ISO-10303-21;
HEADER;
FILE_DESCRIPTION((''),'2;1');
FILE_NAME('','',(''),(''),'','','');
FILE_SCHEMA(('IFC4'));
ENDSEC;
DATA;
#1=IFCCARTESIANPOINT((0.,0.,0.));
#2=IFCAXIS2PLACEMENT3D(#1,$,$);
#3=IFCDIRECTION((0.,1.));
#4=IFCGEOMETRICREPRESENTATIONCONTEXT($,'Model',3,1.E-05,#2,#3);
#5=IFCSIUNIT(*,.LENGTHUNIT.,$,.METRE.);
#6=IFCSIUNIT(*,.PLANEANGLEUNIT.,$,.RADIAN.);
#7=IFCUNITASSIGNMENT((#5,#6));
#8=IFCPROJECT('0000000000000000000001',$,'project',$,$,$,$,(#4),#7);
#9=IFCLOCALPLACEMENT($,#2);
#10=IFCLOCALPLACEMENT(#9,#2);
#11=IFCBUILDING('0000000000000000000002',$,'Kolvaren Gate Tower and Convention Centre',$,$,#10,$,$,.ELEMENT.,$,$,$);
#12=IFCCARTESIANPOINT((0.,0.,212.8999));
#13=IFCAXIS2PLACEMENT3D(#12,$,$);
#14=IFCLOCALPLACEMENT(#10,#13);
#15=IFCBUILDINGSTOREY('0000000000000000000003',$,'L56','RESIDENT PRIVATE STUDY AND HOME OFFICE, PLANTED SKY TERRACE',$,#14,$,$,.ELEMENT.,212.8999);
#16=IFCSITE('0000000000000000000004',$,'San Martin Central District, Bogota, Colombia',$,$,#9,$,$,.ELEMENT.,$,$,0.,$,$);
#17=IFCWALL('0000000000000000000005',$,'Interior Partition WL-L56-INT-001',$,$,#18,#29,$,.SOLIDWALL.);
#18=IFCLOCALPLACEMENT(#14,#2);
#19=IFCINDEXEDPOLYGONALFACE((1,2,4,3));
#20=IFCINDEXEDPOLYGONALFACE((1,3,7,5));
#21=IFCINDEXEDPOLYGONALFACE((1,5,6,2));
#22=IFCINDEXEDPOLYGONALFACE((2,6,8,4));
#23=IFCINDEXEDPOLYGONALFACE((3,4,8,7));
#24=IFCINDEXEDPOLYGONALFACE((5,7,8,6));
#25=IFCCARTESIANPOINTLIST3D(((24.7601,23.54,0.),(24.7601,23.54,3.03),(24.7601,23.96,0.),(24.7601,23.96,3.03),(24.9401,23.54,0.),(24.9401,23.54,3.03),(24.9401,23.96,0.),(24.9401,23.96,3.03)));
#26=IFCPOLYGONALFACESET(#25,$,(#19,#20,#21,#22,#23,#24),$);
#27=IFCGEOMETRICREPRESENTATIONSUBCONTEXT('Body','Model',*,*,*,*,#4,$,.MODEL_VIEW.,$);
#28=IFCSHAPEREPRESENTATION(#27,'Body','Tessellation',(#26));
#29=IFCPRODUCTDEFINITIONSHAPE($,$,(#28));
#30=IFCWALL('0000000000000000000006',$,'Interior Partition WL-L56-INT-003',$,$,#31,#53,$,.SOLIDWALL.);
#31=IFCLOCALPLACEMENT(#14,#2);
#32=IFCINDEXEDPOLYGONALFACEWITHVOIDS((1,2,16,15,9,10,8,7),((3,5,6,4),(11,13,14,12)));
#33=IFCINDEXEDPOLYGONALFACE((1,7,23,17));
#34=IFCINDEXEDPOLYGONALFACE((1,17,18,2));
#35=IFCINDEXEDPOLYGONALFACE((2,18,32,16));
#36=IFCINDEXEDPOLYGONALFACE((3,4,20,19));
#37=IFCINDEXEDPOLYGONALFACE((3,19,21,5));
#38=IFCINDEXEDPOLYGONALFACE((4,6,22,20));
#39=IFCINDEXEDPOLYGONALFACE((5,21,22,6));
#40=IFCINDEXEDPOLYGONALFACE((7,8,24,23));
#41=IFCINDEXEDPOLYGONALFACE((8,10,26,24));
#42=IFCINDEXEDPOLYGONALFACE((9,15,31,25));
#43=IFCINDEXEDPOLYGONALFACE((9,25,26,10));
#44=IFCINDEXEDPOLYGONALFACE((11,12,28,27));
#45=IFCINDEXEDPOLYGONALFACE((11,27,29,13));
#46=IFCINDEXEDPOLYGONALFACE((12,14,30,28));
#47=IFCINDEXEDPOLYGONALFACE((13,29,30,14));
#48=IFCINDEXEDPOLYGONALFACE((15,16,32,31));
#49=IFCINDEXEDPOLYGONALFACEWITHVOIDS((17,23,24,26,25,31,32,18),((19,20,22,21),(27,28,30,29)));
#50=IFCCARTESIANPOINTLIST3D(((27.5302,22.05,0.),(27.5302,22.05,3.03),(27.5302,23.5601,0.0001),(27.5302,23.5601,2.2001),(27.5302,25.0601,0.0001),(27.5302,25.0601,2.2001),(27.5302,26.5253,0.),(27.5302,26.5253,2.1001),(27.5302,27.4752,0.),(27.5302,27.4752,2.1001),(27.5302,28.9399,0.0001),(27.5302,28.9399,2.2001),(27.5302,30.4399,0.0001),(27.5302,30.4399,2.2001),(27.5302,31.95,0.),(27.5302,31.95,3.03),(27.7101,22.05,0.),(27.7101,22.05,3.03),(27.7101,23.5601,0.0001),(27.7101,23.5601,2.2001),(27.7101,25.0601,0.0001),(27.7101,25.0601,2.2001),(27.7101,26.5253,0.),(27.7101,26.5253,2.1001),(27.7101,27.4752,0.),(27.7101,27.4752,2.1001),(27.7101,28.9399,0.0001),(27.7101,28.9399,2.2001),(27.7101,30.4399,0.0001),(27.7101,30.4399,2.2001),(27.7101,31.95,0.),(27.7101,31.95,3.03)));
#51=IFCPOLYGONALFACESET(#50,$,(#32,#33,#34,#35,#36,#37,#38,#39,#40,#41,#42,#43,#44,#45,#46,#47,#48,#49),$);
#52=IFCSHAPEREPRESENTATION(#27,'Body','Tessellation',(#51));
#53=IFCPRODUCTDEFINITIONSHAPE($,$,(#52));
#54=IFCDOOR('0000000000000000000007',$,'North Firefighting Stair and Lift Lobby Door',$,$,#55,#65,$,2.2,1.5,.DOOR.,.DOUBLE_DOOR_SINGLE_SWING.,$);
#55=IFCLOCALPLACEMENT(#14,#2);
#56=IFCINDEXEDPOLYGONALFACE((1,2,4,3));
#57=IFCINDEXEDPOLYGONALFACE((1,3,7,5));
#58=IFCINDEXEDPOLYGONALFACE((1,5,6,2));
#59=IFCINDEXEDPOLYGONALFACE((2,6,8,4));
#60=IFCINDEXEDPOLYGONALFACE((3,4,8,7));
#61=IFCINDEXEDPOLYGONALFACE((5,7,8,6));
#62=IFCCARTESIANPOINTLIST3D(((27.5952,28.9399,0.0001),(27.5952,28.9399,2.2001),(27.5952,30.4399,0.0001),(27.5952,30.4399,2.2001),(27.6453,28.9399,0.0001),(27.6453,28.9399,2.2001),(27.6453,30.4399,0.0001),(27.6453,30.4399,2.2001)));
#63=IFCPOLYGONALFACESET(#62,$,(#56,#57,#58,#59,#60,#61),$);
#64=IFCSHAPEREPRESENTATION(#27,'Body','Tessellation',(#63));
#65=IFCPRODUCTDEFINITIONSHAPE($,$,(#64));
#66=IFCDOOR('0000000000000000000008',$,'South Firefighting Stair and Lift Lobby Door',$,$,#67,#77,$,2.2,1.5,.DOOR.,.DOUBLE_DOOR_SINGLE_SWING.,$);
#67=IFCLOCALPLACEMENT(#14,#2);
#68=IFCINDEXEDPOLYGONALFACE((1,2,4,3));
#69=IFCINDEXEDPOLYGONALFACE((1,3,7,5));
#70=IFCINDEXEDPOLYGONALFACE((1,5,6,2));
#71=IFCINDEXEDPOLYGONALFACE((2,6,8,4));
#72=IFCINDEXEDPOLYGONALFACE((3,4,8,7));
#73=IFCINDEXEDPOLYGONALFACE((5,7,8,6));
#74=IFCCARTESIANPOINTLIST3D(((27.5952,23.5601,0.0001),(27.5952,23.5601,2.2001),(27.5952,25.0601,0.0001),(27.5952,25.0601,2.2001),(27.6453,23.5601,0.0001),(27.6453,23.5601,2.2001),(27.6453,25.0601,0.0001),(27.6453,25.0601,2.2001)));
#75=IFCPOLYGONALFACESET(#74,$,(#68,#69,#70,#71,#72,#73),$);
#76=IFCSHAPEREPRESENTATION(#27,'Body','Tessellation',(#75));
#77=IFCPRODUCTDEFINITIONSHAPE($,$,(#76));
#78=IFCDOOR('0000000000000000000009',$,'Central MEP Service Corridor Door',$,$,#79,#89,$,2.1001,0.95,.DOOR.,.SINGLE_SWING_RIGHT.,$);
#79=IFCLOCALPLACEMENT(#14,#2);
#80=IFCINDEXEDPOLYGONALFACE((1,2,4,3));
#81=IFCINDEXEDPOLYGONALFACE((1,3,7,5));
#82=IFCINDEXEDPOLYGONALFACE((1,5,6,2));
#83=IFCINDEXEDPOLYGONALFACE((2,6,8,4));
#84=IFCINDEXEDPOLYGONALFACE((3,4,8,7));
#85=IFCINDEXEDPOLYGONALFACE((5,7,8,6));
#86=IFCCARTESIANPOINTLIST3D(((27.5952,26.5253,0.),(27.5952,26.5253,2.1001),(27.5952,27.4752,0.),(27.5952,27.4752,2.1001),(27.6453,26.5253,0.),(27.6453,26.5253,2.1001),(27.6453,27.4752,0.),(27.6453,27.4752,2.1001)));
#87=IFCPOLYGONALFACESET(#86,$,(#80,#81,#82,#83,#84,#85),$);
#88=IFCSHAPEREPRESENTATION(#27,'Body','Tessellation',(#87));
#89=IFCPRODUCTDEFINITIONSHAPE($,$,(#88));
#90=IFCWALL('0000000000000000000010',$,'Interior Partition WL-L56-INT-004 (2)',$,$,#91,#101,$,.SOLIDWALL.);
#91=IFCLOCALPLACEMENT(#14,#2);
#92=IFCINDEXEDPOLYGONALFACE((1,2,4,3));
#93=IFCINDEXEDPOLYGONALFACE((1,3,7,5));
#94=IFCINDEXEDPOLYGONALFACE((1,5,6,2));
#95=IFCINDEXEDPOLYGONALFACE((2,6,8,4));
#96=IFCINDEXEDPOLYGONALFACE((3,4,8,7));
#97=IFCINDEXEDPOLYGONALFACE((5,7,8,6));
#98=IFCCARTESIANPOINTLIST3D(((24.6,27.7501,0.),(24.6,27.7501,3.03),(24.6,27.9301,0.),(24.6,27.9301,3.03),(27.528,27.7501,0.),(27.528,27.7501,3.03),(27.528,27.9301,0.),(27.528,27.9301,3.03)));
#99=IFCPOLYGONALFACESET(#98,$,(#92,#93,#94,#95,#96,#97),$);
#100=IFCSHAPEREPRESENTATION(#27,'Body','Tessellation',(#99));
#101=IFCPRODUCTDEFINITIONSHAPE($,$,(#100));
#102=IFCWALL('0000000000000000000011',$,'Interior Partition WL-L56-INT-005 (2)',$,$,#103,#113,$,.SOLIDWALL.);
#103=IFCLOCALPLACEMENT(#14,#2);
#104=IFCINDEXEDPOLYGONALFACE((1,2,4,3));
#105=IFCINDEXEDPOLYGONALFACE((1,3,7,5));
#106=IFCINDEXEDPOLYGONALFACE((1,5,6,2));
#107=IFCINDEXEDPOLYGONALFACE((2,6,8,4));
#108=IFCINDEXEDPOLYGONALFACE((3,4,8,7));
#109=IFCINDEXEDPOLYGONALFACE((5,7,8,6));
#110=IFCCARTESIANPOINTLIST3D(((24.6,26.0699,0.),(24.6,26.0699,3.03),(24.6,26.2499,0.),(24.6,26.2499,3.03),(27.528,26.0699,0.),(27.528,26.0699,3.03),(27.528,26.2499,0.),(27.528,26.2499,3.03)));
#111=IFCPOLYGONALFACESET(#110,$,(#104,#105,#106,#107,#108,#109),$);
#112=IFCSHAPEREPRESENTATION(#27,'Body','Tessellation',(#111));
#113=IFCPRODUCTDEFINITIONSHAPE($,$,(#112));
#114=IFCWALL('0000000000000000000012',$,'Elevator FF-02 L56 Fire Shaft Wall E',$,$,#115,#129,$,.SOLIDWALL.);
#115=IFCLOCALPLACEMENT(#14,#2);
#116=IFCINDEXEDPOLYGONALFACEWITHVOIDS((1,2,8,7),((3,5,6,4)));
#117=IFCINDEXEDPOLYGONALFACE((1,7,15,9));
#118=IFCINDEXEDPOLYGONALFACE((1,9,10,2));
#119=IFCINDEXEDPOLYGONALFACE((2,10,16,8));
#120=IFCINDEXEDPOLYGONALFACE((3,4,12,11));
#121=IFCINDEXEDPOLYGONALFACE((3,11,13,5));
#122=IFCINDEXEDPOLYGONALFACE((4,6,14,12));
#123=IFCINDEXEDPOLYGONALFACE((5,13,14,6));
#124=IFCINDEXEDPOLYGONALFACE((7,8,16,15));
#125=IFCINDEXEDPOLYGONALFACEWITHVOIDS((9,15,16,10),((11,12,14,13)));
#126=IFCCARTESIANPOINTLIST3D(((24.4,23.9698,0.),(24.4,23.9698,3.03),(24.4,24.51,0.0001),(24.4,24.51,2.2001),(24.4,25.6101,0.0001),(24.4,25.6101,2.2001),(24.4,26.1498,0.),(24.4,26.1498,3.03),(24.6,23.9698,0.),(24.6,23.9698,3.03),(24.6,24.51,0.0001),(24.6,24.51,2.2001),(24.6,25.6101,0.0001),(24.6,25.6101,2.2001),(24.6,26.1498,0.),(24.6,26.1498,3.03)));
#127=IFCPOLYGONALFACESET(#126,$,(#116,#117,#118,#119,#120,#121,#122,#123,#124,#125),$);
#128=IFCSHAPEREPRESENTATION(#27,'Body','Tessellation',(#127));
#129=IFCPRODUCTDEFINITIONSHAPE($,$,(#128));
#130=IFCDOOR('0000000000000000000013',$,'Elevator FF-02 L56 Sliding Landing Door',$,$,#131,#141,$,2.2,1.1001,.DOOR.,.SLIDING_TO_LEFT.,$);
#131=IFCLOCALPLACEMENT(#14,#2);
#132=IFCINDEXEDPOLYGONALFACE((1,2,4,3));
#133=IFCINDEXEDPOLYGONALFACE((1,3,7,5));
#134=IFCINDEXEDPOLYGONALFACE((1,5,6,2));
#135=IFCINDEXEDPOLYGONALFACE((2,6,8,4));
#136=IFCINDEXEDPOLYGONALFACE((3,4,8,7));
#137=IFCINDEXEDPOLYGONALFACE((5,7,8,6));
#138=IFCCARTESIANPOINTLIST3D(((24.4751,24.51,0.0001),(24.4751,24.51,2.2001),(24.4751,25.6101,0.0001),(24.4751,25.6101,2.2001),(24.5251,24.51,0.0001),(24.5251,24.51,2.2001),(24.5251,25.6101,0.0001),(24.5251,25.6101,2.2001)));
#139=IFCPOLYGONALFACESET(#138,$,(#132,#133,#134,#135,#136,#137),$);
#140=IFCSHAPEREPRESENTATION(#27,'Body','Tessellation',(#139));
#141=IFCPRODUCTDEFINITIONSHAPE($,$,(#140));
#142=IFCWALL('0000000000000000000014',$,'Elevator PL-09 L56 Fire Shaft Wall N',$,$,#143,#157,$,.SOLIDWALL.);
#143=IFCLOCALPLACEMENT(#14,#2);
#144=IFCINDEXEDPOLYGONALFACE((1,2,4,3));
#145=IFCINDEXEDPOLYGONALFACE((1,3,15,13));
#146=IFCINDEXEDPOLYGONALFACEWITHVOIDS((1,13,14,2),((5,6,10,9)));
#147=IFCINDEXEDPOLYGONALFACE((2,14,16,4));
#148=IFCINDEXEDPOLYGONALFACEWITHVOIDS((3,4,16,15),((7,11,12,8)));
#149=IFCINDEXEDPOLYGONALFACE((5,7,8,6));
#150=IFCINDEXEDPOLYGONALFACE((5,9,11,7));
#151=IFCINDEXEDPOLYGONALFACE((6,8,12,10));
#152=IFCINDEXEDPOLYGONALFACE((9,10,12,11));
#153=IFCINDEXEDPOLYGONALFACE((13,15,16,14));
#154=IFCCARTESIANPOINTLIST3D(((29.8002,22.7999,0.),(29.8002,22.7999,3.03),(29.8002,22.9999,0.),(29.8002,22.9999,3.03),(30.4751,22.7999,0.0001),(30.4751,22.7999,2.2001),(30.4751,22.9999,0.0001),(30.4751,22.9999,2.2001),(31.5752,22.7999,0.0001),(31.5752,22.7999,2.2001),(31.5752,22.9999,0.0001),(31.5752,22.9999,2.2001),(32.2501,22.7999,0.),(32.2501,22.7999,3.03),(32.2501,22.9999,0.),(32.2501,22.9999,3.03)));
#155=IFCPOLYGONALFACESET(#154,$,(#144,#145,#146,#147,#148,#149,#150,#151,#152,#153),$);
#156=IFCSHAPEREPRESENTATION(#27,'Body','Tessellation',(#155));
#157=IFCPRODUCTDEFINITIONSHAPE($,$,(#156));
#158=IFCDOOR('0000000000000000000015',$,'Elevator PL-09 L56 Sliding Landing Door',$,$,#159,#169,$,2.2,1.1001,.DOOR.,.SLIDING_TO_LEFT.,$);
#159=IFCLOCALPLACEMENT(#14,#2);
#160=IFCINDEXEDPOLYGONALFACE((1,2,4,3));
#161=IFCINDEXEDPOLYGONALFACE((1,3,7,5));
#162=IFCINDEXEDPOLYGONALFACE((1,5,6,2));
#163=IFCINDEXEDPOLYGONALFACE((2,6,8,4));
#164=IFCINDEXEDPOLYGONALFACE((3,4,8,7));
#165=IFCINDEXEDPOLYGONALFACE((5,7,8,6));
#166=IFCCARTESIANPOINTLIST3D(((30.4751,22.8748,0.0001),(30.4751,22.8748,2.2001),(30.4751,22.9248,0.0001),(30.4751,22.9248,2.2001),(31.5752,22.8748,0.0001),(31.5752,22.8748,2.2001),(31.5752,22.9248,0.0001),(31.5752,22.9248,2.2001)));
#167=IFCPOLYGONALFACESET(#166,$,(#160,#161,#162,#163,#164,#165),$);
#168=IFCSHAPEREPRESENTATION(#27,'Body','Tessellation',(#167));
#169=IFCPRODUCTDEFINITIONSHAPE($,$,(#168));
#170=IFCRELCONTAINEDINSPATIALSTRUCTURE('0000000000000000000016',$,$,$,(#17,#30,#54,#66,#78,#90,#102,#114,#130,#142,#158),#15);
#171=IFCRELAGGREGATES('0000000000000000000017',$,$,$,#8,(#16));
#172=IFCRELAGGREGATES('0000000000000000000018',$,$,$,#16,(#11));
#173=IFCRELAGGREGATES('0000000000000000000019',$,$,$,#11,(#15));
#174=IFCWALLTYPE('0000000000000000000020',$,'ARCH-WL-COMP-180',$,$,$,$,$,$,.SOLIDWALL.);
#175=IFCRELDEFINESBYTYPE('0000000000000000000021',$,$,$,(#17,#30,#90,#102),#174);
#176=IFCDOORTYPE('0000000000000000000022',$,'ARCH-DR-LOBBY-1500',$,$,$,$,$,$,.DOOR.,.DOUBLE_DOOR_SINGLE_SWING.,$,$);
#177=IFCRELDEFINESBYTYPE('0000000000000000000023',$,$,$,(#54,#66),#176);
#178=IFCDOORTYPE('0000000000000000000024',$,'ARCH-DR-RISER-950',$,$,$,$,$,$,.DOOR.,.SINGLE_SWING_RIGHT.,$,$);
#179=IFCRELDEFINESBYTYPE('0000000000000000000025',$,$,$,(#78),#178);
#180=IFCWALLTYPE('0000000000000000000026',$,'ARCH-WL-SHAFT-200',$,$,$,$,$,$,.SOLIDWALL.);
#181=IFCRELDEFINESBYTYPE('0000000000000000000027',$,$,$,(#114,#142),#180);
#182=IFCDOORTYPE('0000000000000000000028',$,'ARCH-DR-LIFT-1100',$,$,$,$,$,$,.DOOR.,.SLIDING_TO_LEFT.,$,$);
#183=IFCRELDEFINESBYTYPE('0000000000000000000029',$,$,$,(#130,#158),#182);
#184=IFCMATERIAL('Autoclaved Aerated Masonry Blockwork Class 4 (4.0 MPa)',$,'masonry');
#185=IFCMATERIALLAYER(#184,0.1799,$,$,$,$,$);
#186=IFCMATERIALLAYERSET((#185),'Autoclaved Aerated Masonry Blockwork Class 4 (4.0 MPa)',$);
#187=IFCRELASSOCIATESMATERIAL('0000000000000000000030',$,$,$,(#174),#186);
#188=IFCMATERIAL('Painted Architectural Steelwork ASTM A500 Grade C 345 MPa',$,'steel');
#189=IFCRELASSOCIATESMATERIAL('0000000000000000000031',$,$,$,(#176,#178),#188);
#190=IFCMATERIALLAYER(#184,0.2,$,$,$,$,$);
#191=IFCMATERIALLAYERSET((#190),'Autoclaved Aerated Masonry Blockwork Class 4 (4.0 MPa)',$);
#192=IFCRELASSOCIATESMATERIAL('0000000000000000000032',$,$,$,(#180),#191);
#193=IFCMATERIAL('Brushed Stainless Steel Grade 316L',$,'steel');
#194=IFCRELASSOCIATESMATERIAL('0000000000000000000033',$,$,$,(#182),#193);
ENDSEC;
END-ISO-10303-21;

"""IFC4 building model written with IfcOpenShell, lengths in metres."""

from ifc_helpers import new_model, si_unit, direction, frame, frame_2d, origin, place, context, subcontext, project, spatial, rectangle, extrude, material, layer, layer_set, type_object, element, fill, save


model = new_model("IFC4")

# Units and contexts
model_context = context("Model", 3, precision=1e-05, world=origin(), true_north=direction((0.0, 1.0)))
body_context = subcontext(model_context, "Body", "Model", "MODEL_VIEW")
ifc_project = project(units=[si_unit("LENGTHUNIT", "METRE"), si_unit("PLANEANGLEUNIT", "RADIAN")], contexts=[model_context])

# Site, building, storey
site_placement = place(None, origin())
site = spatial("IfcSite", under=ifc_project, at=site_placement, Name="San Martin Central District, Bogota, Colombia", CompositionType="ELEMENT", RefElevation=0.0)
building_placement = place(site_placement, origin())
building = spatial("IfcBuilding", under=site, at=building_placement, Name="Kolvaren Gate Tower and Convention Centre", CompositionType="ELEMENT")
storey_placement = place(building_placement, frame((0.0, 0.0, 212.8999)))
storey = spatial("IfcBuildingStorey", under=building, at=storey_placement, Name="L56", Description="RESIDENT PRIVATE STUDY AND HOME OFFICE, PLANTED SKY TERRACE", CompositionType="ELEMENT", Elevation=212.8999)

# Wall
ifc_material_1 = material(Name="Autoclaved Aerated Masonry Blockwork Class 4 (4.0 MPa)", Category="masonry")
ifc_layer_1 = layer(ifc_material_1, 0.1799)
ifc_layer_set_1 = layer_set([ifc_layer_1], Name="Autoclaved Aerated Masonry Blockwork Class 4 (4.0 MPa)")
wall_type_1 = type_object("IfcWallType", Name="ARCH-WL-COMP-180", PredefinedType="SOLIDWALL", material=ifc_layer_set_1)
wall_1_placement = place(storey_placement, frame((24.8501, 23.54, 0.0), z_axis=(0.0, 0.0, 1.0), x_axis=(0.0, 1.0, 0.0)))
element("IfcWall", 1, at=wall_1_placement, inside=storey, type_object=wall_type_1, Name="Interior Partition WL-L56-INT-001", PredefinedType="SOLIDWALL", context=body_context, shape_type="SweptSolid", body=[
    extrude(rectangle(XDim=0.4199, YDim=0.1799, at=frame_2d((0.21, 0.0))), origin(), (0.0, 0.0, 1.0), 3.03),
])

# Wall, openings, doors
wall_2_placement = place(storey_placement, frame((27.6201, 22.05, 0.0), z_axis=(0.0, 0.0, 1.0), x_axis=(0.0, 1.0, 0.0)))
wall_2 = element("IfcWall", 2, at=wall_2_placement, inside=storey, type_object=wall_type_1, Name="Interior Partition WL-L56-INT-003", PredefinedType="SOLIDWALL", context=body_context, shape_type="SweptSolid", body=[
    extrude(rectangle(XDim=9.8999, YDim=0.1799, at=frame_2d((4.95, 0.0))), origin(), (0.0, 0.0, 1.0), 3.03),
])
opening_1_placement = place(wall_2_placement, frame((4.4751, 0.0, 0.0)))
opening_1 = element("IfcOpeningElement", 3, at=opening_1_placement, cuts=wall_2, PredefinedType="OPENING", context=body_context, shape_type="SweptSolid", body=[
    extrude(rectangle(XDim=0.95, YDim=2.1001, at=frame_2d((0.4751, 1.05))), frame((0.0, 0.0999, 0.0), z_axis=(0.0, -1.0, 0.0), x_axis=(1.0, 0.0, 0.0)), (0.0, 0.0, 1.0), 0.2),
])
opening_2_placement = place(wall_2_placement, frame((6.8899, 0.0, 0.0)))
opening_2 = element("IfcOpeningElement", 4, at=opening_2_placement, cuts=wall_2, PredefinedType="OPENING", context=body_context, shape_type="SweptSolid", body=[
    extrude(rectangle(XDim=1.5, YDim=2.2, at=frame_2d((0.75, 1.1001))), frame((0.0, 0.0999, 0.0), z_axis=(0.0, -1.0, 0.0), x_axis=(1.0, 0.0, 0.0)), (0.0, 0.0, 1.0), 0.2),
])
opening_3_placement = place(wall_2_placement, frame((1.51, 0.0, 0.0)))
opening_3 = element("IfcOpeningElement", 5, at=opening_3_placement, cuts=wall_2, PredefinedType="OPENING", context=body_context, shape_type="SweptSolid", body=[
    extrude(rectangle(XDim=1.5, YDim=2.2, at=frame_2d((0.75, 1.1001))), frame((0.0, 0.0999, 0.0), z_axis=(0.0, -1.0, 0.0), x_axis=(1.0, 0.0, 0.0)), (0.0, 0.0, 1.0), 0.2),
])
ifc_material_2 = material(Name="Painted Architectural Steelwork ASTM A500 Grade C 345 MPa", Category="steel")
door_type_1 = type_object("IfcDoorType", Name="ARCH-DR-LOBBY-1500", OperationType="DOUBLE_DOOR_SINGLE_SWING", PredefinedType="DOOR", material=ifc_material_2)
door_1_placement = place(opening_2_placement, origin())
door_1 = element("IfcDoor", 6, at=door_1_placement, inside=storey, type_object=door_type_1, Name="North Firefighting Stair and Lift Lobby Door", OperationType="DOUBLE_DOOR_SINGLE_SWING", OverallHeight=2.2, OverallWidth=1.5, PredefinedType="DOOR", context=body_context, shape_type="SweptSolid", body=[
    extrude(rectangle(XDim=1.5, YDim=2.2, at=frame_2d((0.75, 1.1001))), frame((0.0, 0.0249, 0.0), z_axis=(0.0, -1.0, 0.0), x_axis=(1.0, 0.0, 0.0)), (0.0, 0.0, 1.0), 0.05),
])
fill(opening_2, door_1)
door_2_placement = place(opening_3_placement, origin())
door_2 = element("IfcDoor", 7, at=door_2_placement, inside=storey, type_object=door_type_1, Name="South Firefighting Stair and Lift Lobby Door", OperationType="DOUBLE_DOOR_SINGLE_SWING", OverallHeight=2.2, OverallWidth=1.5, PredefinedType="DOOR", context=body_context, shape_type="SweptSolid", body=[
    extrude(rectangle(XDim=1.5, YDim=2.2, at=frame_2d((0.75, 1.1001))), frame((0.0, 0.0249, 0.0), z_axis=(0.0, -1.0, 0.0), x_axis=(1.0, 0.0, 0.0)), (0.0, 0.0, 1.0), 0.05),
])
fill(opening_3, door_2)
door_type_2 = type_object("IfcDoorType", Name="ARCH-DR-RISER-950", OperationType="SINGLE_SWING_RIGHT", PredefinedType="DOOR", material=ifc_material_2)
door_3_placement = place(opening_1_placement, origin())
door_3 = element("IfcDoor", 8, at=door_3_placement, inside=storey, type_object=door_type_2, Name="Central MEP Service Corridor Door", OperationType="SINGLE_SWING_RIGHT", OverallHeight=2.1001, OverallWidth=0.95, PredefinedType="DOOR", context=body_context, shape_type="SweptSolid", body=[
    extrude(rectangle(XDim=0.95, YDim=2.1001, at=frame_2d((0.4751, 1.05))), frame((0.0, 0.0249, 0.0), z_axis=(0.0, -1.0, 0.0), x_axis=(1.0, 0.0, 0.0)), (0.0, 0.0, 1.0), 0.05),
])
fill(opening_1, door_3)

# Walls
for number, where, z_axis, x_axis, name in (
    (9, (24.6001, 27.8401, 0.0), (0.0, 0.0, 1.0), (1.0, 0.0, 0.0), "Interior Partition WL-L56-INT-004 (2)"),
    (10, (24.6001, 26.1599, 0.0), (0.0, 0.0, 1.0), (1.0, 0.0, 0.0), "Interior Partition WL-L56-INT-005 (2)"),
):
    element("IfcWall", number, at=place(storey_placement, frame(where, z_axis=z_axis, x_axis=x_axis)), inside=storey, type_object=wall_type_1, Name=name, PredefinedType="SOLIDWALL", context=body_context, shape_type="SweptSolid", body=[
        extrude(rectangle(XDim=2.928, YDim=0.1799, at=frame_2d((1.4639, 0.0))), origin(), (0.0, 0.0, 1.0), 3.03),
    ])

# Walls, openings, doors
ifc_layer_2 = layer(ifc_material_1, 0.2)
ifc_layer_set_2 = layer_set([ifc_layer_2], Name="Autoclaved Aerated Masonry Blockwork Class 4 (4.0 MPa)")
wall_type_2 = type_object("IfcWallType", Name="ARCH-WL-SHAFT-200", PredefinedType="SOLIDWALL", material=ifc_layer_set_2)
wall_3_placement = place(storey_placement, frame((24.5, 23.97, 0.0), z_axis=(0.0, 0.0, 1.0), x_axis=(0.0, 1.0, 0.0)))
wall_3 = element("IfcWall", 11, at=wall_3_placement, inside=storey, type_object=wall_type_2, Name="Elevator FF-02 L56 Fire Shaft Wall E", PredefinedType="SOLIDWALL", context=body_context, shape_type="SweptSolid", body=[
    extrude(rectangle(XDim=2.1799, YDim=0.2, at=frame_2d((1.0898, 0.0))), origin(), (0.0, 0.0, 1.0), 3.03),
])
opening_4_placement = place(wall_3_placement, frame((0.54, 0.0, 0.0)))
opening_4 = element("IfcOpeningElement", 12, at=opening_4_placement, cuts=wall_3, PredefinedType="OPENING", context=body_context, shape_type="SweptSolid", body=[
    extrude(rectangle(XDim=1.1001, YDim=2.2, at=frame_2d((0.55, 1.1001))), frame((0.0, 0.1099, 0.0), z_axis=(0.0, -1.0, 0.0), x_axis=(1.0, 0.0, 0.0)), (0.0, 0.0, 1.0), 0.22),
])
ifc_material_3 = material(Name="Brushed Stainless Steel Grade 316L", Category="steel")
door_type_3 = type_object("IfcDoorType", Name="ARCH-DR-LIFT-1100", OperationType="SLIDING_TO_LEFT", PredefinedType="DOOR", material=ifc_material_3)
door_4_placement = place(opening_4_placement, origin())
door_4 = element("IfcDoor", 13, at=door_4_placement, inside=storey, type_object=door_type_3, Name="Elevator FF-02 L56 Sliding Landing Door", OperationType="SLIDING_TO_LEFT", OverallHeight=2.2, OverallWidth=1.1001, PredefinedType="DOOR", context=body_context, shape_type="SweptSolid", body=[
    extrude(rectangle(XDim=1.1001, YDim=2.2, at=frame_2d((0.55, 1.1001))), frame((0.0, 0.0249, 0.0), z_axis=(0.0, -1.0, 0.0), x_axis=(1.0, 0.0, 0.0)), (0.0, 0.0, 1.0), 0.05),
])
fill(opening_4, door_4)
wall_4_placement = place(storey_placement, frame((29.8, 22.8999, 0.0), z_axis=(0.0, 0.0, 1.0), x_axis=(1.0, 0.0, 0.0)))
wall_4 = element("IfcWall", 14, at=wall_4_placement, inside=storey, type_object=wall_type_2, Name="Elevator PL-09 L56 Fire Shaft Wall N", PredefinedType="SOLIDWALL", context=body_context, shape_type="SweptSolid", body=[
    extrude(rectangle(XDim=2.45, YDim=0.2, at=frame_2d((1.2251, 0.0))), origin(), (0.0, 0.0, 1.0), 3.03),
])
opening_5_placement = place(wall_4_placement, frame((0.675, 0.0, 0.0)))
opening_5 = element("IfcOpeningElement", 15, at=opening_5_placement, cuts=wall_4, PredefinedType="OPENING", context=body_context, shape_type="SweptSolid", body=[
    extrude(rectangle(XDim=1.1001, YDim=2.2, at=frame_2d((0.55, 1.1001))), frame((0.0, 0.1099, 0.0), z_axis=(0.0, -1.0, 0.0), x_axis=(1.0, 0.0, 0.0)), (0.0, 0.0, 1.0), 0.22),
])
door_5_placement = place(opening_5_placement, origin())
door_5 = element("IfcDoor", 16, at=door_5_placement, inside=storey, type_object=door_type_3, Name="Elevator PL-09 L56 Sliding Landing Door", OperationType="SLIDING_TO_LEFT", OverallHeight=2.2, OverallWidth=1.1001, PredefinedType="DOOR", context=body_context, shape_type="SweptSolid", body=[
    extrude(rectangle(XDim=1.1001, YDim=2.2, at=frame_2d((0.55, 1.1001))), frame((0.0, 0.0249, 0.0), z_axis=(0.0, -1.0, 0.0), x_axis=(1.0, 0.0, 0.0)), (0.0, 0.0, 1.0), 0.05),
])
fill(opening_5, door_5)

save(model, "model.ifc")
